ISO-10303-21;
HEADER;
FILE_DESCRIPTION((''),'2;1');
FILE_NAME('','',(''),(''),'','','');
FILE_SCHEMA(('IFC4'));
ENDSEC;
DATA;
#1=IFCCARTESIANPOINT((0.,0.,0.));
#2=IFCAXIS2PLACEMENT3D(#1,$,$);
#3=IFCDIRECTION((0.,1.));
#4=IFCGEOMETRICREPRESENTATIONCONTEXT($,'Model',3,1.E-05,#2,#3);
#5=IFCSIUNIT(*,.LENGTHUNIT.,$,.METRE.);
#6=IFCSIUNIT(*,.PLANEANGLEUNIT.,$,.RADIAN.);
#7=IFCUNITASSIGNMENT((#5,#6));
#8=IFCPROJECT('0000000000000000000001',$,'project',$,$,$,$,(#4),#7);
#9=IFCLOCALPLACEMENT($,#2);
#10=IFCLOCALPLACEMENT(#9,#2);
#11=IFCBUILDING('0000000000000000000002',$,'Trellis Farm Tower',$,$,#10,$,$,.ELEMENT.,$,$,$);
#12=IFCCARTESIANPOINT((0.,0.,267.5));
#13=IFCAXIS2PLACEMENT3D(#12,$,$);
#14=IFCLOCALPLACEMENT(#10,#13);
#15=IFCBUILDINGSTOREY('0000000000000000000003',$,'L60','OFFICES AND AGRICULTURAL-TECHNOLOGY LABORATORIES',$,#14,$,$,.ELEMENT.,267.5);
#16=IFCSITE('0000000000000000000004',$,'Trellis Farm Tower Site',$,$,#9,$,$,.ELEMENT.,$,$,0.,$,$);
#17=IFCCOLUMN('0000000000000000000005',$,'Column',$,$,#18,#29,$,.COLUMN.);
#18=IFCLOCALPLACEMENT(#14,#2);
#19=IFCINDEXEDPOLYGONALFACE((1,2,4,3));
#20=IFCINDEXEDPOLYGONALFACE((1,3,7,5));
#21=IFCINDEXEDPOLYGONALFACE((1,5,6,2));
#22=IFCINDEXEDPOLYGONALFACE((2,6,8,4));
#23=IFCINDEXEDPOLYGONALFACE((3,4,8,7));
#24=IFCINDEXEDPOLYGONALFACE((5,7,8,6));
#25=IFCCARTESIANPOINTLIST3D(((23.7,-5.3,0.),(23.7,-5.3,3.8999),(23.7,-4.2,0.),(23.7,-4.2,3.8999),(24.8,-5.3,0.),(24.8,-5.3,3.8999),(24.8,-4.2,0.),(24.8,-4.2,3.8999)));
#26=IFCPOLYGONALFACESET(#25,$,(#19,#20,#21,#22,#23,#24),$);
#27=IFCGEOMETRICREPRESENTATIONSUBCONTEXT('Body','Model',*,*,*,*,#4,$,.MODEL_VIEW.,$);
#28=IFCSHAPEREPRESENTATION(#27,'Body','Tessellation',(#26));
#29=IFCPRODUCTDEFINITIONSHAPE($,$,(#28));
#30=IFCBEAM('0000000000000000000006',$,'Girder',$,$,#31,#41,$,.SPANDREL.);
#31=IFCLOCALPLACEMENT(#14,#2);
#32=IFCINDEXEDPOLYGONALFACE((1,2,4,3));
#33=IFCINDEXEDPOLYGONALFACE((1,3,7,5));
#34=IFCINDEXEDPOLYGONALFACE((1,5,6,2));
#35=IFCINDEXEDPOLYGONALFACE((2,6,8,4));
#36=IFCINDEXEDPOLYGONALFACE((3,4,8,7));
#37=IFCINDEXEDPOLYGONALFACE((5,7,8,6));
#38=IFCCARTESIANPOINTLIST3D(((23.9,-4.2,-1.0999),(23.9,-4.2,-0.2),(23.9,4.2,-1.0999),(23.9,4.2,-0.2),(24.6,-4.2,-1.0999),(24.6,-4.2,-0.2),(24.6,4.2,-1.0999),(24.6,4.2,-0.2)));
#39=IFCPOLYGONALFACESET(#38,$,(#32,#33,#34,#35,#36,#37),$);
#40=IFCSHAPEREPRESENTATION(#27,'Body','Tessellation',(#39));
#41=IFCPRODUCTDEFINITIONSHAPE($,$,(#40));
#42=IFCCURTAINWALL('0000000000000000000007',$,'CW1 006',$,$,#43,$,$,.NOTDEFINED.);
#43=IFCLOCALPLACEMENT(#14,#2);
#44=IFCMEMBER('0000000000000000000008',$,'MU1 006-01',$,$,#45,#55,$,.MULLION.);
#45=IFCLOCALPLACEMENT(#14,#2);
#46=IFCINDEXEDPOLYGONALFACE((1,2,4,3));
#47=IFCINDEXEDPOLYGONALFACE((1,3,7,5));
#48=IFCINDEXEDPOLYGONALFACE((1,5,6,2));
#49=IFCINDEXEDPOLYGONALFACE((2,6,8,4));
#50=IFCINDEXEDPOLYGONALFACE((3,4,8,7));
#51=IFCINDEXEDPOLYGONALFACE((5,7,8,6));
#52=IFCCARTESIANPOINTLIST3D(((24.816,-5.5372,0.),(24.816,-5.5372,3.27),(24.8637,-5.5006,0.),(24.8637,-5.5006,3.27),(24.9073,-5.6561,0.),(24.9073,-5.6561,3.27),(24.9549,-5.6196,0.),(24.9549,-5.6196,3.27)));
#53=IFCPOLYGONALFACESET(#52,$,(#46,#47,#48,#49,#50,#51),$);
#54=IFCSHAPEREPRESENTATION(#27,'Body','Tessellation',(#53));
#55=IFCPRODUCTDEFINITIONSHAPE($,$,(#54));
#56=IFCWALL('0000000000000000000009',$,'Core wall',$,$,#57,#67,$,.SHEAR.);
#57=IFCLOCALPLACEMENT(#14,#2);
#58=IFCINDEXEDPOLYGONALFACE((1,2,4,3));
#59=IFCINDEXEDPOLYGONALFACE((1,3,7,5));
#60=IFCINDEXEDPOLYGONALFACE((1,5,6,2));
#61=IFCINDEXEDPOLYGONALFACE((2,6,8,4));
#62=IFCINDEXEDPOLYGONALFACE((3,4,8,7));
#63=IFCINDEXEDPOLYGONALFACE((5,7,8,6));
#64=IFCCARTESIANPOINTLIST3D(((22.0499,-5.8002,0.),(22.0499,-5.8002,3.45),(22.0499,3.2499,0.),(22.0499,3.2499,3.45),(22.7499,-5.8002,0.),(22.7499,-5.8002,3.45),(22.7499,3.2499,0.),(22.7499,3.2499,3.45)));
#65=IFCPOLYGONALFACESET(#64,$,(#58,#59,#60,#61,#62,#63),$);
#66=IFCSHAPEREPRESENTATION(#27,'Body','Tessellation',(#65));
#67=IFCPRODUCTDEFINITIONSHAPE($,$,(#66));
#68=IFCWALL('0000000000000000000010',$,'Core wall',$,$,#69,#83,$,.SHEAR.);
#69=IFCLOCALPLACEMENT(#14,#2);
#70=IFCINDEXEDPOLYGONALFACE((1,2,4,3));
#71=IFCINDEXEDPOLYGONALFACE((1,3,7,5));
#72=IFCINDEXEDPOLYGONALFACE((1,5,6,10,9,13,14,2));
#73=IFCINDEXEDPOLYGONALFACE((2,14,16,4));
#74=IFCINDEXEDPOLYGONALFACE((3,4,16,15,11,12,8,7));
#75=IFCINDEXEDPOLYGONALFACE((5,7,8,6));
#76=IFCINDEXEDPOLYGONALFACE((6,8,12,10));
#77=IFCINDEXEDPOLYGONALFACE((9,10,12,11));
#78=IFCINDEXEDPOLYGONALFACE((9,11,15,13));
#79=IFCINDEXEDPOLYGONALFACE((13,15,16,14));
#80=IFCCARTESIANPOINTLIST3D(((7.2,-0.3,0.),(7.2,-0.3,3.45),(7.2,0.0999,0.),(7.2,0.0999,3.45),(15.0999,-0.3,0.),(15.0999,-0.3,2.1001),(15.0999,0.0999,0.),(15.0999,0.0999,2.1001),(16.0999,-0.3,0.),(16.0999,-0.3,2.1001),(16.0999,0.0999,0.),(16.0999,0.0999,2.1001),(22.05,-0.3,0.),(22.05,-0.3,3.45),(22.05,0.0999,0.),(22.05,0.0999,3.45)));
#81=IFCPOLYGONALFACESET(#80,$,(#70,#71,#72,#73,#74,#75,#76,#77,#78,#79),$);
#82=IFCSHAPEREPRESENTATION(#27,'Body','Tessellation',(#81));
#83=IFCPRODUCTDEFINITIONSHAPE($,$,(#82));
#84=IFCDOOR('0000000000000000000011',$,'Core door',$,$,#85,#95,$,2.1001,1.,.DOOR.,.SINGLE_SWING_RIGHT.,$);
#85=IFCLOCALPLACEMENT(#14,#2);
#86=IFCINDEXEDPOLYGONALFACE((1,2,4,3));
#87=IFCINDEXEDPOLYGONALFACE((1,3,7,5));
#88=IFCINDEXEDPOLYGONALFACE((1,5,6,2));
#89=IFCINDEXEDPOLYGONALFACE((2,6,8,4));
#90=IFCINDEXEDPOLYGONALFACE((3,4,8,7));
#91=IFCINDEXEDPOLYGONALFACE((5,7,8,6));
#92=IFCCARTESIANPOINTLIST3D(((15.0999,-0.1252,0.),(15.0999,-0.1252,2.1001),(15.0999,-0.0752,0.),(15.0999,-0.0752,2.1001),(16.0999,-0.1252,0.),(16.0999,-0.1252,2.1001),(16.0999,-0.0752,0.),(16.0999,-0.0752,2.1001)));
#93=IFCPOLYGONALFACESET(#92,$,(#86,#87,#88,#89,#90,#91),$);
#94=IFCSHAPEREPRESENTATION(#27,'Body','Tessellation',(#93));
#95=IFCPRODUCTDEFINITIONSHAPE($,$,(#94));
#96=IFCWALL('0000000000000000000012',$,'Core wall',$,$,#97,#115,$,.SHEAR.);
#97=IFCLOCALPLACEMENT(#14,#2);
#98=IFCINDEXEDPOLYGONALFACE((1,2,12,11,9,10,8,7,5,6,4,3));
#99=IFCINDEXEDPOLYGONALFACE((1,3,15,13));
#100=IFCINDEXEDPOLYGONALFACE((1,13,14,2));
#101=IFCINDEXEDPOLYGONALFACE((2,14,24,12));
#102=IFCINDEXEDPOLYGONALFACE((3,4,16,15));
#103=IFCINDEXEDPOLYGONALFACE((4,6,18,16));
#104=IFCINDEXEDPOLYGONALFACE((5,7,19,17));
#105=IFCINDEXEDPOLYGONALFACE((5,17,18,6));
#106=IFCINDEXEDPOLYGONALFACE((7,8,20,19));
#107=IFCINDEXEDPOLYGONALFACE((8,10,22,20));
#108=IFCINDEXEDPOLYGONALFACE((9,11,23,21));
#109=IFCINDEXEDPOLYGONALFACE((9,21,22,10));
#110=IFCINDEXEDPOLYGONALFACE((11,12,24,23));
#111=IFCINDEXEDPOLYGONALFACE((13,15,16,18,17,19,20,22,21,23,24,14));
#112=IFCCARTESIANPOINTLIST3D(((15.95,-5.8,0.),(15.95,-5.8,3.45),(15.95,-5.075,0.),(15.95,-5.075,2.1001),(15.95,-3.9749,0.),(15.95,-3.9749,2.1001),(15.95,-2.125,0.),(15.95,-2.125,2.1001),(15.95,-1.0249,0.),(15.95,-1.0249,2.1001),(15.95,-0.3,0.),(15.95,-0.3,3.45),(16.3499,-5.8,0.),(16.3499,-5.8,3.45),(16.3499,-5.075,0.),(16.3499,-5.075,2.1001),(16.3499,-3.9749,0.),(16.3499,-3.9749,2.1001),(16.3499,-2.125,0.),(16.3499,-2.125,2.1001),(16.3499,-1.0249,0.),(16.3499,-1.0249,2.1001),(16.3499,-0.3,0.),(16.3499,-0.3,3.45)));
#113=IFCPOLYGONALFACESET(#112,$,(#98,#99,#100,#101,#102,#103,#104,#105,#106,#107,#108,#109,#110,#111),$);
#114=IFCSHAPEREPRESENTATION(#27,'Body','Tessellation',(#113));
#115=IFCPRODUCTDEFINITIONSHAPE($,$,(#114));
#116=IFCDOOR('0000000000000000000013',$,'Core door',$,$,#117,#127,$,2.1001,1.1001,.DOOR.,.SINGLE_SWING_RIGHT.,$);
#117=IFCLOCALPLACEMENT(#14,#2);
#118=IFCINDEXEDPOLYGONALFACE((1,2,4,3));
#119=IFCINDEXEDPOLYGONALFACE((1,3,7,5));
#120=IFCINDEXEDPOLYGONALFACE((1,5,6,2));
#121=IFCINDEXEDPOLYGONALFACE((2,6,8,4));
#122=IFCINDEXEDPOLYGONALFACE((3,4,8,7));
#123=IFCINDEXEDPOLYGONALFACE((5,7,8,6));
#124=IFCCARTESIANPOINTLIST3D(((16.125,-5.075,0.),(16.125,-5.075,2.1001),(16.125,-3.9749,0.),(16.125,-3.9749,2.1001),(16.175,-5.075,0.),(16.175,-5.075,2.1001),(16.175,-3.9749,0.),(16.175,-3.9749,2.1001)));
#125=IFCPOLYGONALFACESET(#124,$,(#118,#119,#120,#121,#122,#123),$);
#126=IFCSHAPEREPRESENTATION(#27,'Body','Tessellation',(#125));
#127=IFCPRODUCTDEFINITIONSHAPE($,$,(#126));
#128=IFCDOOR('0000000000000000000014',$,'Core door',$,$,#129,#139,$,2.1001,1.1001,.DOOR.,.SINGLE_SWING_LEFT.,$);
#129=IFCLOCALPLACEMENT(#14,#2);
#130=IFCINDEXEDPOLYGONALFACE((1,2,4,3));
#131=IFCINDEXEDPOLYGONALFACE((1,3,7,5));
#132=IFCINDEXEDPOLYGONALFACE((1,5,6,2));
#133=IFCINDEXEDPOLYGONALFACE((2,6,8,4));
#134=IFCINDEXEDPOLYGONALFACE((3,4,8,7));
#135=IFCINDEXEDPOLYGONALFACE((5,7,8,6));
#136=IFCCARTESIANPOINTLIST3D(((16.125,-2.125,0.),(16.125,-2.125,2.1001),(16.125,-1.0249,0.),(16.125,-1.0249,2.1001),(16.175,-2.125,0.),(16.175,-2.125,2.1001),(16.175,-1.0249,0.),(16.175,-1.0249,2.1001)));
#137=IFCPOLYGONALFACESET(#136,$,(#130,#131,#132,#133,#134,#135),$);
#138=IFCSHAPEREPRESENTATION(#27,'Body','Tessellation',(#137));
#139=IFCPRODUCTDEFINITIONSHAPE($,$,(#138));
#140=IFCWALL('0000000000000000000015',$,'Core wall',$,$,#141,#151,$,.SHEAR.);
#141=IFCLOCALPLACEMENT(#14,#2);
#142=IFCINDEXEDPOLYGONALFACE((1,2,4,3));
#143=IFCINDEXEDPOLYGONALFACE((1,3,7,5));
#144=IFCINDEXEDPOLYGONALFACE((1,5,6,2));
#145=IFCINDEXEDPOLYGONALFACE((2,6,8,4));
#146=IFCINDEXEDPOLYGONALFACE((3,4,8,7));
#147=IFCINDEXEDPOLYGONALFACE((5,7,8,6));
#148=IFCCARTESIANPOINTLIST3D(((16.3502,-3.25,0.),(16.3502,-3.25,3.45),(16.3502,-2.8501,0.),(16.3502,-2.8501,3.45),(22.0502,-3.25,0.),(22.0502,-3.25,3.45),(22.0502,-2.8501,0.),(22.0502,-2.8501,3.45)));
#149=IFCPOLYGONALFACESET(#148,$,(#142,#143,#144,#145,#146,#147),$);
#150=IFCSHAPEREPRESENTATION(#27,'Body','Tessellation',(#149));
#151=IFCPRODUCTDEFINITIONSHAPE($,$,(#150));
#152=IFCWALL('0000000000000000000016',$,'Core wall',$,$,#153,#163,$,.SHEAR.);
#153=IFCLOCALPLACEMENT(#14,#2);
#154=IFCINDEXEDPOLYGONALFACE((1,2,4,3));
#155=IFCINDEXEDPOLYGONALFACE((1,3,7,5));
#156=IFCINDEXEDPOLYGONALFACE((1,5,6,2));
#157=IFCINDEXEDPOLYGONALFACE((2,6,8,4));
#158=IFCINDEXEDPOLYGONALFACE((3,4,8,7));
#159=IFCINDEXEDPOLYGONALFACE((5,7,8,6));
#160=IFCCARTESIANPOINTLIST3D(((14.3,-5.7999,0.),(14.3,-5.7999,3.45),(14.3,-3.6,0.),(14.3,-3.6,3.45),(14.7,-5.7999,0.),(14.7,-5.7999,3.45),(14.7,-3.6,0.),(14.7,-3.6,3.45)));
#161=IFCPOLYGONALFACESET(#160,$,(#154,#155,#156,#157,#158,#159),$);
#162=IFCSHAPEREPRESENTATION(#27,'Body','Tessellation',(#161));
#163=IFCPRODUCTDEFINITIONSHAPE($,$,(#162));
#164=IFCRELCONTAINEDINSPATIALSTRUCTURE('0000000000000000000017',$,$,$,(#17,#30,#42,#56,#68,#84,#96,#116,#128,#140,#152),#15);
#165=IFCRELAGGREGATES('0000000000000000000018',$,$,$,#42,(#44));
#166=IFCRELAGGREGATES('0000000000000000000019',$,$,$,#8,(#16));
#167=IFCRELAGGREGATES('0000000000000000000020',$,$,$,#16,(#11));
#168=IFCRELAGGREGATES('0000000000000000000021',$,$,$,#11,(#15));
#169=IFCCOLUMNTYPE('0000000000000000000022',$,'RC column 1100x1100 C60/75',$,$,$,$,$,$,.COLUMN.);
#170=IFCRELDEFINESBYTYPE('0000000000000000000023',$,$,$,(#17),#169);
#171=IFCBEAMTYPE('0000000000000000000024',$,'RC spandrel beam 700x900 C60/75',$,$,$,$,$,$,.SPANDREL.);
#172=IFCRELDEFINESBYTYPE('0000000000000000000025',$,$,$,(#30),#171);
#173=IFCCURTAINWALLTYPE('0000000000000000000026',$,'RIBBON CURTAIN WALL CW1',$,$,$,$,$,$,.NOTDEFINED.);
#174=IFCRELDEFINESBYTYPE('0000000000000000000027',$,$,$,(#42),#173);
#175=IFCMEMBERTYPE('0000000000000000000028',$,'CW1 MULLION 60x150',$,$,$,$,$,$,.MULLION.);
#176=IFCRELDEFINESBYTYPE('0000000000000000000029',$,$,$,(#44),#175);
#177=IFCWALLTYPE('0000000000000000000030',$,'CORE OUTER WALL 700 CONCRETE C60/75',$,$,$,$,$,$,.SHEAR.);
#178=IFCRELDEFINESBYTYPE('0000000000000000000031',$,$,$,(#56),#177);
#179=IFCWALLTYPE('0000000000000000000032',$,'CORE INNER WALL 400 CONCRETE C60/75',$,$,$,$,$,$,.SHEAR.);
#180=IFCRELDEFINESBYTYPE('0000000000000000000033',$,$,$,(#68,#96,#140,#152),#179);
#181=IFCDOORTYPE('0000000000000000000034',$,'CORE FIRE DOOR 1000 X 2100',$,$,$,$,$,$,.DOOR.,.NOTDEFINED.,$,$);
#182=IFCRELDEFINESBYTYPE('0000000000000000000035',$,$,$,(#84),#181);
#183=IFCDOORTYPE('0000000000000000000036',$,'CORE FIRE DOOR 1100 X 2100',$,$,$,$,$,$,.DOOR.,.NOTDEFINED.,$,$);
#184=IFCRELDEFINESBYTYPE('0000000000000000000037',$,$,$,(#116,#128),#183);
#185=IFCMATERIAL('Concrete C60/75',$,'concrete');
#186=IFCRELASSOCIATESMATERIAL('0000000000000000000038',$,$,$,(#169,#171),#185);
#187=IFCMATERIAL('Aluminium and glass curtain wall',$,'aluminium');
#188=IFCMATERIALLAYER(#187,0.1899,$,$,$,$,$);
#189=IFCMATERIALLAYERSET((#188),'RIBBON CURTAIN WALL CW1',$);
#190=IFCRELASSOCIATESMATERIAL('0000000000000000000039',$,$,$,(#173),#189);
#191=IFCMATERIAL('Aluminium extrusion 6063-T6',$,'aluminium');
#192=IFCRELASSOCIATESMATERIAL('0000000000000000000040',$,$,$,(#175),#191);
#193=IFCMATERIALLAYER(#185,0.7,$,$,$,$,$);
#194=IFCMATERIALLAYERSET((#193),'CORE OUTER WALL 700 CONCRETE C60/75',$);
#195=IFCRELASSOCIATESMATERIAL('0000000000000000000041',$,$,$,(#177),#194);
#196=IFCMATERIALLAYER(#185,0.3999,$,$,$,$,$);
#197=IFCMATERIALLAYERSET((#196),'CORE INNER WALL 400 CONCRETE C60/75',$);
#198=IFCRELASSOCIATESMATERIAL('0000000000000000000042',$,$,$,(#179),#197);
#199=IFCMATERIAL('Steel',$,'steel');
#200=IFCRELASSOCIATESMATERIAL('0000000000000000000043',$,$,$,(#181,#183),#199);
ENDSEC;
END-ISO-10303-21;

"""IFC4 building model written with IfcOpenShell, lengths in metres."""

from ifc_helpers import new_model, si_unit, direction, frame, frame_2d, origin, origin_2d, place, context, subcontext, project, spatial, rectangle, extrude, source, transform, mapped, material, layer, layer_set, material_profile, profile_set, type_object, element, fill, aggregate, save


model = new_model("IFC4")

# Units and contexts
model_context = context("Model", 3, precision=1e-05, world=origin(), true_north=direction((0.0, 1.0)))
body_context = subcontext(model_context, "Body", "Model", "MODEL_VIEW")
ifc_project = project(units=[si_unit("LENGTHUNIT", "METRE"), si_unit("PLANEANGLEUNIT", "RADIAN")], contexts=[model_context])

# Site, building, storey
site_placement = place(None, origin())
site = spatial("IfcSite", under=ifc_project, at=site_placement, Name="Trellis Farm Tower Site", CompositionType="ELEMENT", RefElevation=0.0)
building_placement = place(site_placement, origin())
building = spatial("IfcBuilding", under=site, at=building_placement, Name="Trellis Farm Tower", CompositionType="ELEMENT")
storey_placement = place(building_placement, frame((0.0, 0.0, 267.5)))
storey = spatial("IfcBuildingStorey", under=building, at=storey_placement, Name="L60", Description="OFFICES AND AGRICULTURAL-TECHNOLOGY LABORATORIES", CompositionType="ELEMENT", Elevation=267.5)

# Column
ifc_material_1 = material(Name="Concrete C60/75", Category="concrete")
ifc_material_profile_1 = material_profile(ifc_material_1, rectangle(XDim=1.1001, YDim=1.1001, at=origin_2d()), Name="RC column 1100x1100 C60/75")
ifc_profile_set_1 = profile_set([ifc_material_profile_1], Name="Concrete C60/75")
column_type = type_object("IfcColumnType", Name="RC column 1100x1100 C60/75", PredefinedType="COLUMN", material=ifc_profile_set_1)
shared_shape_1 = source(origin(), body_context, "Body", "SweptSolid", [
    extrude(rectangle(XDim=1.1001, YDim=1.1001, at=origin_2d()), origin(), (0.0, 0.0, 1.0), 3.8999),
])
column_placement = place(storey_placement, frame((24.25, -4.75, 0.0), z_axis=(0.0, 0.0, 1.0), x_axis=(1.0, 0.0, 0.0)))
element("IfcColumn", 1, at=column_placement, inside=storey, type_object=column_type, Name="Column", PredefinedType="COLUMN", context=body_context, shape_type="MappedRepresentation", body=[
    mapped(shared_shape_1, transform((0.0, 0.0, 0.0))),
])

# Beam
ifc_material_profile_2 = material_profile(ifc_material_1, rectangle(XDim=0.7, YDim=0.8999, at=origin_2d()), Name="RC spandrel beam 700x900 C60/75")
ifc_profile_set_2 = profile_set([ifc_material_profile_2], Name="Concrete C60/75")
beam_type = type_object("IfcBeamType", Name="RC spandrel beam 700x900 C60/75", PredefinedType="SPANDREL", material=ifc_profile_set_2)
shared_shape_2 = source(origin(), body_context, "Body", "SweptSolid", [
    extrude(rectangle(XDim=0.7, YDim=0.8999, at=origin_2d()), origin(), (0.0, 0.0, 1.0), 8.3999),
])
beam_placement = place(storey_placement, frame((24.25, -4.2, -0.6499), z_axis=(0.0, 1.0, 0.0), x_axis=(-1.0, 0.0, 0.0)))
element("IfcBeam", 2, at=beam_placement, inside=storey, type_object=beam_type, Name="Girder", PredefinedType="SPANDREL", context=body_context, shape_type="MappedRepresentation", body=[
    mapped(shared_shape_2, transform((0.0, 0.0, 0.0))),
])

# Curtain wall, member
ifc_material_2 = material(Name="Aluminium and glass curtain wall", Category="aluminium")
ifc_layer_1 = layer(ifc_material_2, 0.1899)
ifc_layer_set_1 = layer_set([ifc_layer_1], Name="RIBBON CURTAIN WALL CW1")
curtain_wall_type = type_object("IfcCurtainWallType", Name="RIBBON CURTAIN WALL CW1", PredefinedType="NOTDEFINED", material=ifc_layer_set_1)
placement = place(storey_placement, origin())
curtain_wall = element("IfcCurtainWall", 3, at=placement, inside=storey, type_object=curtain_wall_type, Name="CW1 006", PredefinedType="NOTDEFINED")
ifc_material_3 = material(Name="Aluminium extrusion 6063-T6", Category="aluminium")
ifc_material_profile_3 = material_profile(ifc_material_3, rectangle(XDim=0.0601, YDim=0.1499, at=origin_2d()), Name="MULLION 60x150")
ifc_profile_set_3 = profile_set([ifc_material_profile_3], Name="Aluminium extrusion 6063-T6")
member_type = type_object("IfcMemberType", Name="CW1 MULLION 60x150", PredefinedType="MULLION", material=ifc_profile_set_3)
shared_shape_3 = source(origin(), body_context, "Body", "SweptSolid", [
    extrude(rectangle(XDim=0.0601, YDim=0.1499, at=origin_2d()), origin(), (0.0, 0.0, 1.0), 3.27),
])
member_placement = place(storey_placement, frame((24.8855, -5.5784, 0.0), z_axis=(0.0, 0.0, 1.0), x_axis=(0.793353, 0.608761, 0.0)))
member = element("IfcMember", 4, at=member_placement, type_object=member_type, Name="MU1 006-01", PredefinedType="MULLION", context=body_context, shape_type="MappedRepresentation", body=[
    mapped(shared_shape_3, transform((0.0, 0.0, 0.0))),
])
aggregate(curtain_wall, [member])

# Wall
ifc_layer_2 = layer(ifc_material_1, 0.7)
ifc_layer_set_2 = layer_set([ifc_layer_2], Name="CORE OUTER WALL 700 CONCRETE C60/75")
wall_type_1 = type_object("IfcWallType", Name="CORE OUTER WALL 700 CONCRETE C60/75", PredefinedType="SHEAR", material=ifc_layer_set_2)
shared_shape_4 = source(origin(), body_context, "Body", "SweptSolid", [
    extrude(rectangle(XDim=9.05, YDim=0.7, at=frame_2d((4.5249, 0.0))), origin(), (0.0, 0.0, 1.0), 3.45),
])
wall_1_placement = place(storey_placement, frame((22.3999, -5.8, 0.0), z_axis=(0.0, 0.0, 1.0), x_axis=(0.0, 1.0, 0.0)))
element("IfcWall", 5, at=wall_1_placement, inside=storey, type_object=wall_type_1, Name="Core wall", PredefinedType="SHEAR", context=body_context, shape_type="MappedRepresentation", body=[
    mapped(shared_shape_4, transform((0.0, 0.0, 0.0))),
])

# Wall, opening, door
ifc_layer_3 = layer(ifc_material_1, 0.3999)
ifc_layer_set_3 = layer_set([ifc_layer_3], Name="CORE INNER WALL 400 CONCRETE C60/75")
wall_type_2 = type_object("IfcWallType", Name="CORE INNER WALL 400 CONCRETE C60/75", PredefinedType="SHEAR", material=ifc_layer_set_3)
shared_shape_5 = source(origin(), body_context, "Body", "SweptSolid", [
    extrude(rectangle(XDim=14.8501, YDim=0.3999, at=frame_2d((7.425, 0.0))), origin(), (0.0, 0.0, 1.0), 3.45),
])
wall_2_placement = place(storey_placement, frame((7.2, -0.1001, 0.0), z_axis=(0.0, 0.0, 1.0), x_axis=(1.0, 0.0, 0.0)))
wall_2 = element("IfcWall", 6, at=wall_2_placement, inside=storey, type_object=wall_type_2, Name="Core wall", PredefinedType="SHEAR", context=body_context, shape_type="MappedRepresentation", body=[
    mapped(shared_shape_5, transform((0.0, 0.0, 0.0))),
])
shared_shape_6 = source(origin(), body_context, "Body", "SweptSolid", [
    extrude(rectangle(XDim=1.0, YDim=2.1001, at=frame_2d((0.5, 1.05))), frame((0.0, 0.21, 0.0), z_axis=(0.0, -1.0, 0.0), x_axis=(1.0, 0.0, 0.0)), (0.0, 0.0, 1.0), 0.4199),
])
opening_1_placement = place(wall_2_placement, frame((7.8999, 0.0, 0.0)))
opening_1 = element("IfcOpeningElement", 7, at=opening_1_placement, cuts=wall_2, PredefinedType="OPENING", context=body_context, shape_type="MappedRepresentation", body=[
    mapped(shared_shape_6, transform((0.0, 0.0, 0.0))),
])
ifc_material_4 = material(Name="Steel", Category="steel")
door_type_1 = type_object("IfcDoorType", Name="CORE FIRE DOOR 1000 X 2100", OperationType="NOTDEFINED", PredefinedType="DOOR", material=ifc_material_4)
shared_shape_7 = source(origin(), body_context, "Body", "SweptSolid", [
    extrude(rectangle(XDim=1.0, YDim=2.1001, at=frame_2d((0.5, 1.05))), frame((0.0, 0.0249, 0.0), z_axis=(0.0, -1.0, 0.0), x_axis=(1.0, 0.0, 0.0)), (0.0, 0.0, 1.0), 0.05),
])
door_1_placement = place(opening_1_placement, origin())
door_1 = element("IfcDoor", 8, at=door_1_placement, inside=storey, type_object=door_type_1, Name="Core door", OperationType="SINGLE_SWING_RIGHT", OverallHeight=2.1001, OverallWidth=1.0, PredefinedType="DOOR", context=body_context, shape_type="MappedRepresentation", body=[
    mapped(shared_shape_7, transform((0.0, 0.0, 0.0))),
])
fill(opening_1, door_1)

# Wall, openings, doors
shared_shape_8 = source(origin(), body_context, "Body", "SweptSolid", [
    extrude(rectangle(XDim=5.5, YDim=0.3999, at=frame_2d((2.75, 0.0))), origin(), (0.0, 0.0, 1.0), 3.45),
])
wall_3_placement = place(storey_placement, frame((16.1499, -5.8, 0.0), z_axis=(0.0, 0.0, 1.0), x_axis=(0.0, 1.0, 0.0)))
wall_3 = element("IfcWall", 9, at=wall_3_placement, inside=storey, type_object=wall_type_2, Name="Core wall", PredefinedType="SHEAR", context=body_context, shape_type="MappedRepresentation", body=[
    mapped(shared_shape_8, transform((0.0, 0.0, 0.0))),
])
shared_shape_9 = source(origin(), body_context, "Body", "SweptSolid", [
    extrude(rectangle(XDim=1.1001, YDim=2.1001, at=frame_2d((0.55, 1.05))), frame((0.0, 0.21, 0.0), z_axis=(0.0, -1.0, 0.0), x_axis=(1.0, 0.0, 0.0)), (0.0, 0.0, 1.0), 0.4199),
])
opening_2_placement = place(wall_3_placement, frame((0.7251, 0.0, 0.0)))
opening_2 = element("IfcOpeningElement", 10, at=opening_2_placement, cuts=wall_3, PredefinedType="OPENING", context=body_context, shape_type="MappedRepresentation", body=[
    mapped(shared_shape_9, transform((0.0, 0.0, 0.0))),
])
opening_3_placement = place(wall_3_placement, frame((3.675, 0.0, 0.0)))
opening_3 = element("IfcOpeningElement", 11, at=opening_3_placement, cuts=wall_3, PredefinedType="OPENING", context=body_context, shape_type="MappedRepresentation", body=[
    mapped(shared_shape_9, transform((0.0, 0.0, 0.0))),
])
door_type_2 = type_object("IfcDoorType", Name="CORE FIRE DOOR 1100 X 2100", OperationType="NOTDEFINED", PredefinedType="DOOR", material=ifc_material_4)
shared_shape_10 = source(origin(), body_context, "Body", "SweptSolid", [
    extrude(rectangle(XDim=1.1001, YDim=2.1001, at=frame_2d((0.55, 1.05))), frame((0.0, 0.0249, 0.0), z_axis=(0.0, -1.0, 0.0), x_axis=(1.0, 0.0, 0.0)), (0.0, 0.0, 1.0), 0.05),
])
door_2_placement = place(opening_2_placement, origin())
door_2 = element("IfcDoor", 12, at=door_2_placement, inside=storey, type_object=door_type_2, Name="Core door", OperationType="SINGLE_SWING_RIGHT", OverallHeight=2.1001, OverallWidth=1.1001, PredefinedType="DOOR", context=body_context, shape_type="MappedRepresentation", body=[
    mapped(shared_shape_10, transform((0.0, 0.0, 0.0))),
])
fill(opening_2, door_2)
door_3_placement = place(opening_3_placement, origin())
door_3 = element("IfcDoor", 13, at=door_3_placement, inside=storey, type_object=door_type_2, Name="Core door", OperationType="SINGLE_SWING_LEFT", OverallHeight=2.1001, OverallWidth=1.1001, PredefinedType="DOOR", context=body_context, shape_type="MappedRepresentation", body=[
    mapped(shared_shape_10, transform((0.0, 0.0, 0.0))),
])
fill(opening_3, door_3)

# Walls
shared_shape_11 = source(origin(), body_context, "Body", "SweptSolid", [
    extrude(rectangle(XDim=5.7, YDim=0.3999, at=frame_2d((2.8501, 0.0))), origin(), (0.0, 0.0, 1.0), 3.45),
])
wall_4_placement = place(storey_placement, frame((16.3501, -3.05, 0.0), z_axis=(0.0, 0.0, 1.0), x_axis=(1.0, 0.0, 0.0)))
element("IfcWall", 14, at=wall_4_placement, inside=storey, type_object=wall_type_2, Name="Core wall", PredefinedType="SHEAR", context=body_context, shape_type="MappedRepresentation", body=[
    mapped(shared_shape_11, transform((0.0, 0.0, 0.0))),
])
shared_shape_12 = source(origin(), body_context, "Body", "SweptSolid", [
    extrude(rectangle(XDim=2.2, YDim=0.3999, at=frame_2d((1.1001, 0.0))), origin(), (0.0, 0.0, 1.0), 3.45),
])
wall_5_placement = place(storey_placement, frame((14.5, -5.8, 0.0), z_axis=(0.0, 0.0, 1.0), x_axis=(0.0, 1.0, 0.0)))
element("IfcWall", 15, at=wall_5_placement, inside=storey, type_object=wall_type_2, Name="Core wall", PredefinedType="SHEAR", context=body_context, shape_type="MappedRepresentation", body=[
    mapped(shared_shape_12, transform((0.0, 0.0, 0.0))),
])

save(model, "model.ifc")
